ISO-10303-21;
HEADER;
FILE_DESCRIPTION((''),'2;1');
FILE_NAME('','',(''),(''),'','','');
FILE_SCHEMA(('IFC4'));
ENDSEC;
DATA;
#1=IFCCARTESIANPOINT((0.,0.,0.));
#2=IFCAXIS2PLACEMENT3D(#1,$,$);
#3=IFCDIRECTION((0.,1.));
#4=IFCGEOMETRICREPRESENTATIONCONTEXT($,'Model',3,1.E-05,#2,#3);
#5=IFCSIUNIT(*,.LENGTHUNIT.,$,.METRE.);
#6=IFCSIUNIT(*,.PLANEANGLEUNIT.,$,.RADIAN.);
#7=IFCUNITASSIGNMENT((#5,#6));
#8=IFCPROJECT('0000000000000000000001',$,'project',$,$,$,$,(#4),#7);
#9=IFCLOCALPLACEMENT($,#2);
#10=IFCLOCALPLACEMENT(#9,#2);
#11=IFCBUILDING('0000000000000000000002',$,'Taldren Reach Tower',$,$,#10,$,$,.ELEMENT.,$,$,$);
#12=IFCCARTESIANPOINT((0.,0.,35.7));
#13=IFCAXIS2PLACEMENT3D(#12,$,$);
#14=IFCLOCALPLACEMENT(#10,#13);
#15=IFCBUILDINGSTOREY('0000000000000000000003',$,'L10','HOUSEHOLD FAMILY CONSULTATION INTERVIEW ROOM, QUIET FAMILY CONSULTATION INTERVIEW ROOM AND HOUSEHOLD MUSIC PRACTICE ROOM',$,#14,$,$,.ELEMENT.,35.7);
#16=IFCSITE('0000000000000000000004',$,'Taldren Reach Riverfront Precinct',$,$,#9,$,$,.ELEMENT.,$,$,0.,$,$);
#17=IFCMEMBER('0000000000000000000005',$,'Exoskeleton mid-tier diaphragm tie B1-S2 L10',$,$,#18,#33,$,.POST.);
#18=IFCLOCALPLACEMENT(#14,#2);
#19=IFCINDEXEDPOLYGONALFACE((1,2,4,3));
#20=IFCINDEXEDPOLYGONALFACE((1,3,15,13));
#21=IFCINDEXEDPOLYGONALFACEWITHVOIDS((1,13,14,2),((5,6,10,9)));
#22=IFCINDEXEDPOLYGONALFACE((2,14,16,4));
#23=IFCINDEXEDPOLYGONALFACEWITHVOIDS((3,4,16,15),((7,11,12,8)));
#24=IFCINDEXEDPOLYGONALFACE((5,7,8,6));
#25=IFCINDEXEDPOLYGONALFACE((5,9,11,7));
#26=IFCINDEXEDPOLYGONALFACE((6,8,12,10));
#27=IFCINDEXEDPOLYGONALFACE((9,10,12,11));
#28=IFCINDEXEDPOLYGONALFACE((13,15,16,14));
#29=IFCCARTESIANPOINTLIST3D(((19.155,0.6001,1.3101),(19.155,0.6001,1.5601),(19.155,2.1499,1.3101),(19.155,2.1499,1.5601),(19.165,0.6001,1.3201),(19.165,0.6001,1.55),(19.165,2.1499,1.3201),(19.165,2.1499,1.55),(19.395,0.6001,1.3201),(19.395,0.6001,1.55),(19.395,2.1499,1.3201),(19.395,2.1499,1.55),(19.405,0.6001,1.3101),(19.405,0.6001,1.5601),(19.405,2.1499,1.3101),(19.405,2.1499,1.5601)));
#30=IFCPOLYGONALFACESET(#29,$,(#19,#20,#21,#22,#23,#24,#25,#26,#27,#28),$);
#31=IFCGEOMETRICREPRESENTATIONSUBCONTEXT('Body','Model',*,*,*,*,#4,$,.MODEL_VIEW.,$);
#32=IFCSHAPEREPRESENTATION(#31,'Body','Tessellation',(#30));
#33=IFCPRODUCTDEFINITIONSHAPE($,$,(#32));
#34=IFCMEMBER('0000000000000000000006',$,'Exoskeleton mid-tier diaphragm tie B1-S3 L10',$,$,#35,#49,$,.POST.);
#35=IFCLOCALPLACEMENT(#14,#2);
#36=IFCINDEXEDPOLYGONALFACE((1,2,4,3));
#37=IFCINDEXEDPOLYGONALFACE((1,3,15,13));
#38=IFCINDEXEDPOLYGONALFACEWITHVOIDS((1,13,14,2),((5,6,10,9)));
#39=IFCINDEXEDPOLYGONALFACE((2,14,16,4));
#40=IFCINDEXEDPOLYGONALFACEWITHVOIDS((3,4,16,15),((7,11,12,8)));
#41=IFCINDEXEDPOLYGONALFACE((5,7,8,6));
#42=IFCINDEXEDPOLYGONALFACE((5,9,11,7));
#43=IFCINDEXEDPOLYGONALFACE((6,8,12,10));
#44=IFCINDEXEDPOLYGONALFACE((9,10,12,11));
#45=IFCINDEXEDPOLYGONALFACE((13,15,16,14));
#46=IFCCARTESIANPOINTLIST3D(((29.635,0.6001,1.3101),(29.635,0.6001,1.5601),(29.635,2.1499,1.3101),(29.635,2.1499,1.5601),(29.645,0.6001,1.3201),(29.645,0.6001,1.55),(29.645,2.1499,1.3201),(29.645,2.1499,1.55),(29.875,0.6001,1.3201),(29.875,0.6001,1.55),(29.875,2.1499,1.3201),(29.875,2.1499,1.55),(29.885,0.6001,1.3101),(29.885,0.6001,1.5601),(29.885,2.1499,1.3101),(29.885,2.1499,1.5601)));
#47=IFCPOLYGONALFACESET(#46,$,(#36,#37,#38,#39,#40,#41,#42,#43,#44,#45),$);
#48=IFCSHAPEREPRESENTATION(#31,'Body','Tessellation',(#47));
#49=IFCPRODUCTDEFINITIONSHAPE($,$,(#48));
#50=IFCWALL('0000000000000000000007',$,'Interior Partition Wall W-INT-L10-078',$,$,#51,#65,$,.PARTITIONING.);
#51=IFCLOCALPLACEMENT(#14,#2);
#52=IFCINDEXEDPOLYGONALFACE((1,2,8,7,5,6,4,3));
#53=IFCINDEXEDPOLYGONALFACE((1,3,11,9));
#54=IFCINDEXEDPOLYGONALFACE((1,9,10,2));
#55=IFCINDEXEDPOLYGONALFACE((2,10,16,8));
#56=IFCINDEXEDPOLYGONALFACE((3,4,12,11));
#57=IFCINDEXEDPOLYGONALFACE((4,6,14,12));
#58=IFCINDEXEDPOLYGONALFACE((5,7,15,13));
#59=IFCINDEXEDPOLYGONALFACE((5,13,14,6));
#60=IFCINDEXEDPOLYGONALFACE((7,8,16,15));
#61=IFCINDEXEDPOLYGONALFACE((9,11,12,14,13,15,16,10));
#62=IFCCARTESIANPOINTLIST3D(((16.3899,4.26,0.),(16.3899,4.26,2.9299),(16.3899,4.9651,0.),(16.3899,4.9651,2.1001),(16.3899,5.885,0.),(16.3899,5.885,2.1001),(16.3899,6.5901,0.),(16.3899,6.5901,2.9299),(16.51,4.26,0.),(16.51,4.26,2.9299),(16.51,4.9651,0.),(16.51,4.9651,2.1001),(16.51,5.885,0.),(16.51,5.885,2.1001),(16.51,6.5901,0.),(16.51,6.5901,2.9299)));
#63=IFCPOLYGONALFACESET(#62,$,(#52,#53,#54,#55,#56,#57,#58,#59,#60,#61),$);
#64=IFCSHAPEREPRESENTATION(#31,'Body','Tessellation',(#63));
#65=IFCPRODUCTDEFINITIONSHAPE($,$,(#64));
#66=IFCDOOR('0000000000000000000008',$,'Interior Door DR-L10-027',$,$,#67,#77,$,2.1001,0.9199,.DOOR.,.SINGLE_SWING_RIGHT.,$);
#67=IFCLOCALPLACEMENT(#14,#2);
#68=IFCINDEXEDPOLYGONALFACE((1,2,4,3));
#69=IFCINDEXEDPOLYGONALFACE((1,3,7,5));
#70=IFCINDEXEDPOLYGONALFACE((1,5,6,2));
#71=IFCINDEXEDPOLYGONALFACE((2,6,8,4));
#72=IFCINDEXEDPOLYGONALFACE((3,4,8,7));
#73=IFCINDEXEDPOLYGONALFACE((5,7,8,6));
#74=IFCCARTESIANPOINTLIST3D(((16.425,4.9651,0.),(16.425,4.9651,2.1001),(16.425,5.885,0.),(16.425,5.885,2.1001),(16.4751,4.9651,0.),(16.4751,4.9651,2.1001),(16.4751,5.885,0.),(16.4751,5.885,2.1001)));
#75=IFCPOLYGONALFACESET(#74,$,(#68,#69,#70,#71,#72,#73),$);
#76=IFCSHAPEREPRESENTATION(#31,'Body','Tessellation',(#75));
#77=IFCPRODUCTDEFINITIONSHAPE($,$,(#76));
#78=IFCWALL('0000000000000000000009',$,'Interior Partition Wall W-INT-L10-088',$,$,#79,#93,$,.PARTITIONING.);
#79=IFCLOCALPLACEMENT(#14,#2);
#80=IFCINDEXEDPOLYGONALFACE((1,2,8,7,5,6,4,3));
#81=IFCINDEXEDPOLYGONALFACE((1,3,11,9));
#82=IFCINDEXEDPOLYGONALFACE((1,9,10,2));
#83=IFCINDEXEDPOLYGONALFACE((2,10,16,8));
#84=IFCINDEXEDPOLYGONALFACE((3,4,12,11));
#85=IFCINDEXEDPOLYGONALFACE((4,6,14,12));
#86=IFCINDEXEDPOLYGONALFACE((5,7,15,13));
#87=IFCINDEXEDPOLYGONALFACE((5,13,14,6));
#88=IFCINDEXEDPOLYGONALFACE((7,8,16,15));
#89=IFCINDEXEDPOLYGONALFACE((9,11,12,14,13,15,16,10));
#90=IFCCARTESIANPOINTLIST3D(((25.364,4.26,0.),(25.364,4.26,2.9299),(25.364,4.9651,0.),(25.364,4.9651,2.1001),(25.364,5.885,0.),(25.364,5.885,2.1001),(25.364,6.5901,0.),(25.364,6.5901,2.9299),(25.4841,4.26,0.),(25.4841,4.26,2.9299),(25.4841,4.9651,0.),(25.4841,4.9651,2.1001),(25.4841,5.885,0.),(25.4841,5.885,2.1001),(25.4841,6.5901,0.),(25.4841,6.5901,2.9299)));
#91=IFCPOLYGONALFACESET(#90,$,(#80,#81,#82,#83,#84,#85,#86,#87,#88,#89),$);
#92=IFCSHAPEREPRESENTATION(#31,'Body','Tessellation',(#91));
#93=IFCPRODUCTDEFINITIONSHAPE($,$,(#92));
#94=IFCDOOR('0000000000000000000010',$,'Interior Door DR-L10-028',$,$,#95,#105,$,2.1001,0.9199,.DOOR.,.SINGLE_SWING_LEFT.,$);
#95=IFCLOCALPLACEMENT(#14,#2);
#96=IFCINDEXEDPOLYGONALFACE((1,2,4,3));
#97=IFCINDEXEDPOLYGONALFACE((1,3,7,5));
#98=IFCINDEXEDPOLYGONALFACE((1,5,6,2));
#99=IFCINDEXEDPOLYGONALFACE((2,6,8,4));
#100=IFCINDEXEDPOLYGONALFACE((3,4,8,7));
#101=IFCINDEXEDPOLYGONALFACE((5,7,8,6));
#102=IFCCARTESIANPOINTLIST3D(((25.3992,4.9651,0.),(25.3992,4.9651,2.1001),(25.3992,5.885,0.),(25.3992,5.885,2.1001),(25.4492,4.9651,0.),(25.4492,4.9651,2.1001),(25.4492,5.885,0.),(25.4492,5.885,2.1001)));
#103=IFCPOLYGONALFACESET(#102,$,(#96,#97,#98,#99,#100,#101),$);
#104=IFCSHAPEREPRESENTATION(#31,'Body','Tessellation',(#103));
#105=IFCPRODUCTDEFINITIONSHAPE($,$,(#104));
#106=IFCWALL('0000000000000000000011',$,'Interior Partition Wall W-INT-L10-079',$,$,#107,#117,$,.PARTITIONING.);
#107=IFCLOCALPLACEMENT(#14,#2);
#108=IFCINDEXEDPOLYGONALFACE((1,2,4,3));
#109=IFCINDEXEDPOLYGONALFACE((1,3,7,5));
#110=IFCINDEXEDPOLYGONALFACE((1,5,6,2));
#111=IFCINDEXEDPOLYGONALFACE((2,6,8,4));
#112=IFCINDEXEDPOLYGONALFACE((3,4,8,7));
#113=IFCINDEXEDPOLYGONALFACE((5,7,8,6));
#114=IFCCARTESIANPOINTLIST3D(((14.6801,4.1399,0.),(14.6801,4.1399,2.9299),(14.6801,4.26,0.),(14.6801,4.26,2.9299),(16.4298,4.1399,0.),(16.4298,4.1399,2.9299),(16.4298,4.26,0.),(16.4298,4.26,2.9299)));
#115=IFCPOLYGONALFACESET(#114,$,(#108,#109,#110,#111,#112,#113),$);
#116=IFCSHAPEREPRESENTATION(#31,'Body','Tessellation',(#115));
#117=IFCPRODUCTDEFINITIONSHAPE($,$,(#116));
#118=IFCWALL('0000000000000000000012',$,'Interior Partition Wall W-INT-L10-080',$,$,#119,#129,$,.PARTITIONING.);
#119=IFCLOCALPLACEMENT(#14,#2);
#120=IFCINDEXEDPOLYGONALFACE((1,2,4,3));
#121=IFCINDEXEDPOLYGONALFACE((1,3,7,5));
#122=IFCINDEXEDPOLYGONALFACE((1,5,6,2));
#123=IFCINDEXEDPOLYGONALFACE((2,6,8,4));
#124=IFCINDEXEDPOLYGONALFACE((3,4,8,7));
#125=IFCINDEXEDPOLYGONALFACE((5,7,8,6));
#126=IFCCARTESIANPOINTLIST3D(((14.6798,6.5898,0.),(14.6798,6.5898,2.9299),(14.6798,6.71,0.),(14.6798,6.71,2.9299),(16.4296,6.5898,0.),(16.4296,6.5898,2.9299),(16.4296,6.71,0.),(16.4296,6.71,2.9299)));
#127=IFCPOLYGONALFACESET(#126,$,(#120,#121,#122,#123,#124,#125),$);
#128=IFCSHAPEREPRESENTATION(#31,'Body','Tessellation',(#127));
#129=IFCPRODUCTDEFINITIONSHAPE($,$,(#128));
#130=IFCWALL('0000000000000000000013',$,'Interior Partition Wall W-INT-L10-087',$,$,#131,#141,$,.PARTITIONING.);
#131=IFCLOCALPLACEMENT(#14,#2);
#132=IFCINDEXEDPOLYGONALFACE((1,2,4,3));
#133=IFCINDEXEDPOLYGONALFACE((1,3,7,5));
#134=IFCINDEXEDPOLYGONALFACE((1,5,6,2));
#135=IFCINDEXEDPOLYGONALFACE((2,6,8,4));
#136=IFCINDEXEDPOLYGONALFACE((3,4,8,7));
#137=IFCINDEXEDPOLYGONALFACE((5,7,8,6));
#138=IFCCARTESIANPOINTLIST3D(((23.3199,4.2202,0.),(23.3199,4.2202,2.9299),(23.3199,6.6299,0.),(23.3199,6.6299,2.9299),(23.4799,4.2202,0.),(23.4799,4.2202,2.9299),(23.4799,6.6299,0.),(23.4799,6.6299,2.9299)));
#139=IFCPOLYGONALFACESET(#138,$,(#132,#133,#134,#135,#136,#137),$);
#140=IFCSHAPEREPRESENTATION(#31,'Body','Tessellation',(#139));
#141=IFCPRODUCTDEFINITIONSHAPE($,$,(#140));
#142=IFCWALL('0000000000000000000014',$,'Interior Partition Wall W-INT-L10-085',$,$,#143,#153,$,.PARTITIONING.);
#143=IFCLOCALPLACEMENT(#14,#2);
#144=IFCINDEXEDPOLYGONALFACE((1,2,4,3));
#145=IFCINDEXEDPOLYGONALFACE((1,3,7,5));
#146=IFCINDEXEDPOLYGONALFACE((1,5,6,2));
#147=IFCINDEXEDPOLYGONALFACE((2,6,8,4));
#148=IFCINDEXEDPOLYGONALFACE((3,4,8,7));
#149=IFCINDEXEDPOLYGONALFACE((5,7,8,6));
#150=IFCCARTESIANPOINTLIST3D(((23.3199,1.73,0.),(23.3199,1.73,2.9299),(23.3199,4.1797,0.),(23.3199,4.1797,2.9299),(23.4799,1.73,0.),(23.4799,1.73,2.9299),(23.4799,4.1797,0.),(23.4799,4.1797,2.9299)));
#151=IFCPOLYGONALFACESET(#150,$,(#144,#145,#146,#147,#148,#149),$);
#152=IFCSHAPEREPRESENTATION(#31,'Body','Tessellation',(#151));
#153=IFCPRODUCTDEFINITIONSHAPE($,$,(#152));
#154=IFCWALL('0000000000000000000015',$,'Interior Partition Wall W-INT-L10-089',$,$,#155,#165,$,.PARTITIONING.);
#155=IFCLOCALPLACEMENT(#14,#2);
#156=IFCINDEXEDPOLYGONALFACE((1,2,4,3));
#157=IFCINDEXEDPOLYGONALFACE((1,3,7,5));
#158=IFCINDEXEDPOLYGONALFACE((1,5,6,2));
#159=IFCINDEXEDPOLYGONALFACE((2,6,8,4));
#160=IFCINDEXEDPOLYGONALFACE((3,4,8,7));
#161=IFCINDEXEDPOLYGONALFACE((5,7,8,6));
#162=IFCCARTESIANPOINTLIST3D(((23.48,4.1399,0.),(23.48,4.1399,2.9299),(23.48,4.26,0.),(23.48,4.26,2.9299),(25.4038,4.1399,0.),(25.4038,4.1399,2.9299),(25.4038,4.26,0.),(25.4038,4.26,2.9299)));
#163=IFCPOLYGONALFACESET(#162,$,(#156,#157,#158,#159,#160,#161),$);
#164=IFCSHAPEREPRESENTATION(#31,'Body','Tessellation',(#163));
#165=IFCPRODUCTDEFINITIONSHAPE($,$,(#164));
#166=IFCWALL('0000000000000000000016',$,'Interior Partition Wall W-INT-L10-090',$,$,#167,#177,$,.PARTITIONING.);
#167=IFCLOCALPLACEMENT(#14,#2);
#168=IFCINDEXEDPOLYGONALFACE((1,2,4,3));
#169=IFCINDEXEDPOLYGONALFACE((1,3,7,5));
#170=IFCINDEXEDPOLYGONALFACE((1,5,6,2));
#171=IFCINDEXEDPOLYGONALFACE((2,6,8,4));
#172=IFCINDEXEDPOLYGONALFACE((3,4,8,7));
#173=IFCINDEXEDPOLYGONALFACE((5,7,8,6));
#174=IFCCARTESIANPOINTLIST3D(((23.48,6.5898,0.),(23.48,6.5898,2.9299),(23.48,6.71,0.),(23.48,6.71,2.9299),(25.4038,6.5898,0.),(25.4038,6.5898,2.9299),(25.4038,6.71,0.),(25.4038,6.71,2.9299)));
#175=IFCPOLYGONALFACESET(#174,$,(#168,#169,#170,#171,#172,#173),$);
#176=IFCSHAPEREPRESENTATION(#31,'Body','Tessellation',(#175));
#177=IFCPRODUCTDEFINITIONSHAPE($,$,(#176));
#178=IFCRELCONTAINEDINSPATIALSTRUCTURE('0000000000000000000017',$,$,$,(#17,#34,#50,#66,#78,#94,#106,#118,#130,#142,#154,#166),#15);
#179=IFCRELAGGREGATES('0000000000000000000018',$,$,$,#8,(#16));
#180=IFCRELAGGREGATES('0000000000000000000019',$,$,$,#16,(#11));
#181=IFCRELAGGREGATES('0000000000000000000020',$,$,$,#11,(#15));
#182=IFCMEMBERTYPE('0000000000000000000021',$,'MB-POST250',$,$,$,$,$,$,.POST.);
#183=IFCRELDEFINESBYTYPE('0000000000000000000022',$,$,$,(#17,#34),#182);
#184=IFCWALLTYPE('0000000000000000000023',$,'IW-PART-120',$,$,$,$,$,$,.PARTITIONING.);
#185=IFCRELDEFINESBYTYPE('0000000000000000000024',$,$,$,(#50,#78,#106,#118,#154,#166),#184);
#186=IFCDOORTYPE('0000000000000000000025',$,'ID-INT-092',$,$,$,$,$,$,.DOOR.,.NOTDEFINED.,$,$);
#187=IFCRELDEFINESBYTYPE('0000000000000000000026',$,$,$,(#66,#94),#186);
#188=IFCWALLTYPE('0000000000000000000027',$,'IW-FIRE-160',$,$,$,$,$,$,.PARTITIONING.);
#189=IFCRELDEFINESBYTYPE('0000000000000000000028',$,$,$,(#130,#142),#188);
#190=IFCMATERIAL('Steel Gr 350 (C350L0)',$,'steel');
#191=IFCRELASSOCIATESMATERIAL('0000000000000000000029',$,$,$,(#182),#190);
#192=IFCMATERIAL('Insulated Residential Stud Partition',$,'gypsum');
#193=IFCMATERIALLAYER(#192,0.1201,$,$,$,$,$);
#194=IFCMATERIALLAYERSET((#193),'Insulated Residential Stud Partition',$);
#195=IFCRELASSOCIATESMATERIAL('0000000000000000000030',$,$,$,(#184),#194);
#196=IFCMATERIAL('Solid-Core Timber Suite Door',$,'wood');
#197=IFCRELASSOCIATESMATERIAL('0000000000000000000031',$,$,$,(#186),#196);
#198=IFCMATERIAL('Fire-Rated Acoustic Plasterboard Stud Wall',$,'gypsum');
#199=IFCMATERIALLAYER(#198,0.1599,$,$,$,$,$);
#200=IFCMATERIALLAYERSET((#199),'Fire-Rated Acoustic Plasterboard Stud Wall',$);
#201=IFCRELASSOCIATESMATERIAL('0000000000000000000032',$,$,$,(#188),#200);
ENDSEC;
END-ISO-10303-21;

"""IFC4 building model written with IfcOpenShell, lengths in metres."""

from ifc_helpers import new_model, si_unit, direction, frame, frame_2d, origin, origin_2d, place, context, subcontext, project, spatial, rectangle, hollow_rectangle, extrude, source, transform, mapped, material, layer, layer_set, material_profile, profile_set, type_object, element, fill, save


model = new_model("IFC4")

# Units and contexts
model_context = context("Model", 3, precision=1e-05, world=origin(), true_north=direction((0.0, 1.0)))
body_context = subcontext(model_context, "Body", "Model", "MODEL_VIEW")
ifc_project = project(units=[si_unit("LENGTHUNIT", "METRE"), si_unit("PLANEANGLEUNIT", "RADIAN")], contexts=[model_context])

# Site, building, storey
site_placement = place(None, origin())
site = spatial("IfcSite", under=ifc_project, at=site_placement, Name="Taldren Reach Riverfront Precinct", CompositionType="ELEMENT", RefElevation=0.0)
building_placement = place(site_placement, origin())
building = spatial("IfcBuilding", under=site, at=building_placement, Name="Taldren Reach Tower", CompositionType="ELEMENT")
storey_placement = place(building_placement, frame((0.0, 0.0, 35.7)))
storey = spatial("IfcBuildingStorey", under=building, at=storey_placement, Name="L10", Description="HOUSEHOLD FAMILY CONSULTATION INTERVIEW ROOM, QUIET FAMILY CONSULTATION INTERVIEW ROOM AND HOUSEHOLD MUSIC PRACTICE ROOM", CompositionType="ELEMENT", Elevation=35.7)

# Members
ifc_material_1 = material(Name="Steel Gr 350 (C350L0)", Category="steel")
ifc_material_profile_1 = material_profile(ifc_material_1, hollow_rectangle(XDim=0.25, YDim=0.25, WallThickness=0.01, at=origin_2d()), Name="250x250x10.0SHS")
ifc_profile_set_1 = profile_set([ifc_material_profile_1], Name="Steel Gr 350 (C350L0)")
member_type_1 = type_object("IfcMemberType", Name="MB-POST250", PredefinedType="POST", material=ifc_profile_set_1)
shared_shape_1 = source(origin(), body_context, "Body", "SweptSolid", [
    extrude(hollow_rectangle(XDim=0.25, YDim=0.25, WallThickness=0.01, at=origin_2d()), origin(), (0.0, 0.0, 1.0), 1.5498),
])
for number, where, z_axis, x_axis, name in (
    (1, (19.28, 2.1499, 1.4351), (0.0, -1.0, 0.0), (1.0, 0.0, 0.0), "Exoskeleton mid-tier diaphragm tie B1-S2 L10"),
    (2, (29.76, 2.1499, 1.4351), (0.0, -1.0, 0.0), (1.0, 0.0, 0.0), "Exoskeleton mid-tier diaphragm tie B1-S3 L10"),
):
    element("IfcMember", number, at=place(storey_placement, frame(where, z_axis=z_axis, x_axis=x_axis)), inside=storey, type_object=member_type_1, Name=name, PredefinedType="POST", context=body_context, shape_type="MappedRepresentation", body=[
        mapped(shared_shape_1, transform((0.0, 0.0, 0.0), scale=1.0)),
    ])

# Walls, openings, doors
ifc_material_2 = material(Name="Insulated Residential Stud Partition", Category="gypsum")
ifc_layer_1 = layer(ifc_material_2, 0.1201)
ifc_layer_set_1 = layer_set([ifc_layer_1], Name="Insulated Residential Stud Partition")
wall_type_1 = type_object("IfcWallType", Name="IW-PART-120", PredefinedType="PARTITIONING", material=ifc_layer_set_1)
shared_shape_2 = source(origin(), body_context, "Body", "SweptSolid", [
    extrude(rectangle(XDim=2.3301, YDim=0.1201, at=frame_2d((1.165, 0.0))), origin(), (0.0, 0.0, 1.0), 2.9299),
])
wall_1_placement = place(storey_placement, frame((16.45, 4.26, 0.0), z_axis=(0.0, 0.0, 1.0), x_axis=(0.0, 1.0, 0.0)))
wall_1 = element("IfcWall", 3, at=wall_1_placement, inside=storey, type_object=wall_type_1, Name="Interior Partition Wall W-INT-L10-078", PredefinedType="PARTITIONING", context=body_context, shape_type="MappedRepresentation", body=[
    mapped(shared_shape_2, transform((0.0, 0.0, 0.0), scale=1.0)),
])
shared_shape_3 = source(origin(), body_context, "Body", "SweptSolid", [
    extrude(rectangle(XDim=0.9199, YDim=2.1001, at=frame_2d((0.46, 1.05))), frame((0.0, 0.0701, 0.0), z_axis=(0.0, -1.0, 0.0), x_axis=(1.0, 0.0, 0.0)), (0.0, 0.0, 1.0), 0.1401),
])
opening_1_placement = place(wall_1_placement, frame((0.7051, 0.0, 0.0)))
opening_1 = element("IfcOpeningElement", 4, at=opening_1_placement, cuts=wall_1, PredefinedType="OPENING", context=body_context, shape_type="MappedRepresentation", body=[
    mapped(shared_shape_3, transform((0.0, 0.0, 0.0), scale=1.0)),
])
ifc_material_3 = material(Name="Solid-Core Timber Suite Door", Category="wood")
door_type = type_object("IfcDoorType", Name="ID-INT-092", OperationType="NOTDEFINED", PredefinedType="DOOR", material=ifc_material_3)
shared_shape_4 = source(origin(), body_context, "Body", "SweptSolid", [
    extrude(rectangle(XDim=0.9199, YDim=2.1001, at=frame_2d((0.46, 1.05))), frame((0.0, 0.0249, 0.0), z_axis=(0.0, -1.0, 0.0), x_axis=(1.0, 0.0, 0.0)), (0.0, 0.0, 1.0), 0.05),
])
door_1_placement = place(opening_1_placement, origin())
door_1 = element("IfcDoor", 5, at=door_1_placement, inside=storey, type_object=door_type, Name="Interior Door DR-L10-027", OperationType="SINGLE_SWING_RIGHT", OverallHeight=2.1001, OverallWidth=0.9199, PredefinedType="DOOR", context=body_context, shape_type="MappedRepresentation", body=[
    mapped(shared_shape_4, transform((0.0, 0.0, 0.0), scale=1.0)),
])
fill(opening_1, door_1)
wall_2_placement = place(storey_placement, frame((25.4241, 4.26, 0.0), z_axis=(0.0, 0.0, 1.0), x_axis=(0.0, 1.0, 0.0)))
wall_2 = element("IfcWall", 6, at=wall_2_placement, inside=storey, type_object=wall_type_1, Name="Interior Partition Wall W-INT-L10-088", PredefinedType="PARTITIONING", context=body_context, shape_type="MappedRepresentation", body=[
    mapped(shared_shape_2, transform((0.0, 0.0, 0.0), scale=1.0)),
])
opening_2_placement = place(wall_2_placement, frame((0.7051, 0.0, 0.0)))
opening_2 = element("IfcOpeningElement", 7, at=opening_2_placement, cuts=wall_2, PredefinedType="OPENING", context=body_context, shape_type="MappedRepresentation", body=[
    mapped(shared_shape_3, transform((0.0, 0.0, 0.0), scale=1.0)),
])
door_2_placement = place(opening_2_placement, origin())
door_2 = element("IfcDoor", 8, at=door_2_placement, inside=storey, type_object=door_type, Name="Interior Door DR-L10-028", OperationType="SINGLE_SWING_LEFT", OverallHeight=2.1001, OverallWidth=0.9199, PredefinedType="DOOR", context=body_context, shape_type="MappedRepresentation", body=[
    mapped(shared_shape_4, transform((0.0, 0.0, 0.0), scale=1.0)),
])
fill(opening_2, door_2)

# Walls
shared_shape_5 = source(origin(), body_context, "Body", "SweptSolid", [
    extrude(rectangle(XDim=1.7498, YDim=0.1201, at=frame_2d((0.875, 0.0))), origin(), (0.0, 0.0, 1.0), 2.9299),
])
for number, where, z_axis, x_axis, name in (
    (9, (14.6799, 4.2, 0.0), (0.0, 0.0, 1.0), (1.0, 0.0, 0.0), "Interior Partition Wall W-INT-L10-079"),
    (10, (16.4297, 6.6499, 0.0), (0.0, 0.0, 1.0), (-1.0, 0.0, 0.0), "Interior Partition Wall W-INT-L10-080"),
):
    element("IfcWall", number, at=place(storey_placement, frame(where, z_axis=z_axis, x_axis=x_axis)), inside=storey, type_object=wall_type_1, Name=name, PredefinedType="PARTITIONING", context=body_context, shape_type="MappedRepresentation", body=[
        mapped(shared_shape_5, transform((0.0, 0.0, 0.0), scale=1.0)),
    ])
ifc_material_4 = material(Name="Fire-Rated Acoustic Plasterboard Stud Wall", Category="gypsum")
ifc_layer_2 = layer(ifc_material_4, 0.1599)
ifc_layer_set_2 = layer_set([ifc_layer_2], Name="Fire-Rated Acoustic Plasterboard Stud Wall")
wall_type_2 = type_object("IfcWallType", Name="IW-FIRE-160", PredefinedType="PARTITIONING", material=ifc_layer_set_2)
shared_shape_6 = source(origin(), body_context, "Body", "SweptSolid", [
    extrude(rectangle(XDim=2.4097, YDim=0.1599, at=frame_2d((1.2048, 0.0))), origin(), (0.0, 0.0, 1.0), 2.9299),
])
wall_3_placement = place(storey_placement, frame((23.3999, 6.6299, 0.0), z_axis=(0.0, 0.0, 1.0), x_axis=(0.0, -1.0, 0.0)))
element("IfcWall", 11, at=wall_3_placement, inside=storey, type_object=wall_type_2, Name="Interior Partition Wall W-INT-L10-087", PredefinedType="PARTITIONING", context=body_context, shape_type="MappedRepresentation", body=[
    mapped(shared_shape_6, transform((0.0, 0.0, 0.0), scale=1.0)),
])
shared_shape_7 = source(origin(), body_context, "Body", "SweptSolid", [
    extrude(rectangle(XDim=2.4497, YDim=0.1599, at=frame_2d((1.2249, 0.0))), origin(), (0.0, 0.0, 1.0), 2.9299),
])
wall_4_placement = place(storey_placement, frame((23.3999, 4.1797, 0.0), z_axis=(0.0, 0.0, 1.0), x_axis=(0.0, -1.0, 0.0)))
element("IfcWall", 12, at=wall_4_placement, inside=storey, type_object=wall_type_2, Name="Interior Partition Wall W-INT-L10-085", PredefinedType="PARTITIONING", context=body_context, shape_type="MappedRepresentation", body=[
    mapped(shared_shape_7, transform((0.0, 0.0, 0.0), scale=1.0)),
])
shared_shape_8 = source(origin(), body_context, "Body", "SweptSolid", [
    extrude(rectangle(XDim=1.9238, YDim=0.1201, at=frame_2d((0.9619, 0.0))), origin(), (0.0, 0.0, 1.0), 2.9299),
])
for number, where, z_axis, x_axis, name in (
    (13, (23.48, 4.2, 0.0), (0.0, 0.0, 1.0), (1.0, 0.0, 0.0), "Interior Partition Wall W-INT-L10-089"),
    (14, (25.4038, 6.6499, 0.0), (0.0, 0.0, 1.0), (-1.0, 0.0, 0.0), "Interior Partition Wall W-INT-L10-090"),
):
    element("IfcWall", number, at=place(storey_placement, frame(where, z_axis=z_axis, x_axis=x_axis)), inside=storey, type_object=wall_type_1, Name=name, PredefinedType="PARTITIONING", context=body_context, shape_type="MappedRepresentation", body=[
        mapped(shared_shape_8, transform((0.0, 0.0, 0.0), scale=1.0)),
    ])

save(model, "model.ifc")
